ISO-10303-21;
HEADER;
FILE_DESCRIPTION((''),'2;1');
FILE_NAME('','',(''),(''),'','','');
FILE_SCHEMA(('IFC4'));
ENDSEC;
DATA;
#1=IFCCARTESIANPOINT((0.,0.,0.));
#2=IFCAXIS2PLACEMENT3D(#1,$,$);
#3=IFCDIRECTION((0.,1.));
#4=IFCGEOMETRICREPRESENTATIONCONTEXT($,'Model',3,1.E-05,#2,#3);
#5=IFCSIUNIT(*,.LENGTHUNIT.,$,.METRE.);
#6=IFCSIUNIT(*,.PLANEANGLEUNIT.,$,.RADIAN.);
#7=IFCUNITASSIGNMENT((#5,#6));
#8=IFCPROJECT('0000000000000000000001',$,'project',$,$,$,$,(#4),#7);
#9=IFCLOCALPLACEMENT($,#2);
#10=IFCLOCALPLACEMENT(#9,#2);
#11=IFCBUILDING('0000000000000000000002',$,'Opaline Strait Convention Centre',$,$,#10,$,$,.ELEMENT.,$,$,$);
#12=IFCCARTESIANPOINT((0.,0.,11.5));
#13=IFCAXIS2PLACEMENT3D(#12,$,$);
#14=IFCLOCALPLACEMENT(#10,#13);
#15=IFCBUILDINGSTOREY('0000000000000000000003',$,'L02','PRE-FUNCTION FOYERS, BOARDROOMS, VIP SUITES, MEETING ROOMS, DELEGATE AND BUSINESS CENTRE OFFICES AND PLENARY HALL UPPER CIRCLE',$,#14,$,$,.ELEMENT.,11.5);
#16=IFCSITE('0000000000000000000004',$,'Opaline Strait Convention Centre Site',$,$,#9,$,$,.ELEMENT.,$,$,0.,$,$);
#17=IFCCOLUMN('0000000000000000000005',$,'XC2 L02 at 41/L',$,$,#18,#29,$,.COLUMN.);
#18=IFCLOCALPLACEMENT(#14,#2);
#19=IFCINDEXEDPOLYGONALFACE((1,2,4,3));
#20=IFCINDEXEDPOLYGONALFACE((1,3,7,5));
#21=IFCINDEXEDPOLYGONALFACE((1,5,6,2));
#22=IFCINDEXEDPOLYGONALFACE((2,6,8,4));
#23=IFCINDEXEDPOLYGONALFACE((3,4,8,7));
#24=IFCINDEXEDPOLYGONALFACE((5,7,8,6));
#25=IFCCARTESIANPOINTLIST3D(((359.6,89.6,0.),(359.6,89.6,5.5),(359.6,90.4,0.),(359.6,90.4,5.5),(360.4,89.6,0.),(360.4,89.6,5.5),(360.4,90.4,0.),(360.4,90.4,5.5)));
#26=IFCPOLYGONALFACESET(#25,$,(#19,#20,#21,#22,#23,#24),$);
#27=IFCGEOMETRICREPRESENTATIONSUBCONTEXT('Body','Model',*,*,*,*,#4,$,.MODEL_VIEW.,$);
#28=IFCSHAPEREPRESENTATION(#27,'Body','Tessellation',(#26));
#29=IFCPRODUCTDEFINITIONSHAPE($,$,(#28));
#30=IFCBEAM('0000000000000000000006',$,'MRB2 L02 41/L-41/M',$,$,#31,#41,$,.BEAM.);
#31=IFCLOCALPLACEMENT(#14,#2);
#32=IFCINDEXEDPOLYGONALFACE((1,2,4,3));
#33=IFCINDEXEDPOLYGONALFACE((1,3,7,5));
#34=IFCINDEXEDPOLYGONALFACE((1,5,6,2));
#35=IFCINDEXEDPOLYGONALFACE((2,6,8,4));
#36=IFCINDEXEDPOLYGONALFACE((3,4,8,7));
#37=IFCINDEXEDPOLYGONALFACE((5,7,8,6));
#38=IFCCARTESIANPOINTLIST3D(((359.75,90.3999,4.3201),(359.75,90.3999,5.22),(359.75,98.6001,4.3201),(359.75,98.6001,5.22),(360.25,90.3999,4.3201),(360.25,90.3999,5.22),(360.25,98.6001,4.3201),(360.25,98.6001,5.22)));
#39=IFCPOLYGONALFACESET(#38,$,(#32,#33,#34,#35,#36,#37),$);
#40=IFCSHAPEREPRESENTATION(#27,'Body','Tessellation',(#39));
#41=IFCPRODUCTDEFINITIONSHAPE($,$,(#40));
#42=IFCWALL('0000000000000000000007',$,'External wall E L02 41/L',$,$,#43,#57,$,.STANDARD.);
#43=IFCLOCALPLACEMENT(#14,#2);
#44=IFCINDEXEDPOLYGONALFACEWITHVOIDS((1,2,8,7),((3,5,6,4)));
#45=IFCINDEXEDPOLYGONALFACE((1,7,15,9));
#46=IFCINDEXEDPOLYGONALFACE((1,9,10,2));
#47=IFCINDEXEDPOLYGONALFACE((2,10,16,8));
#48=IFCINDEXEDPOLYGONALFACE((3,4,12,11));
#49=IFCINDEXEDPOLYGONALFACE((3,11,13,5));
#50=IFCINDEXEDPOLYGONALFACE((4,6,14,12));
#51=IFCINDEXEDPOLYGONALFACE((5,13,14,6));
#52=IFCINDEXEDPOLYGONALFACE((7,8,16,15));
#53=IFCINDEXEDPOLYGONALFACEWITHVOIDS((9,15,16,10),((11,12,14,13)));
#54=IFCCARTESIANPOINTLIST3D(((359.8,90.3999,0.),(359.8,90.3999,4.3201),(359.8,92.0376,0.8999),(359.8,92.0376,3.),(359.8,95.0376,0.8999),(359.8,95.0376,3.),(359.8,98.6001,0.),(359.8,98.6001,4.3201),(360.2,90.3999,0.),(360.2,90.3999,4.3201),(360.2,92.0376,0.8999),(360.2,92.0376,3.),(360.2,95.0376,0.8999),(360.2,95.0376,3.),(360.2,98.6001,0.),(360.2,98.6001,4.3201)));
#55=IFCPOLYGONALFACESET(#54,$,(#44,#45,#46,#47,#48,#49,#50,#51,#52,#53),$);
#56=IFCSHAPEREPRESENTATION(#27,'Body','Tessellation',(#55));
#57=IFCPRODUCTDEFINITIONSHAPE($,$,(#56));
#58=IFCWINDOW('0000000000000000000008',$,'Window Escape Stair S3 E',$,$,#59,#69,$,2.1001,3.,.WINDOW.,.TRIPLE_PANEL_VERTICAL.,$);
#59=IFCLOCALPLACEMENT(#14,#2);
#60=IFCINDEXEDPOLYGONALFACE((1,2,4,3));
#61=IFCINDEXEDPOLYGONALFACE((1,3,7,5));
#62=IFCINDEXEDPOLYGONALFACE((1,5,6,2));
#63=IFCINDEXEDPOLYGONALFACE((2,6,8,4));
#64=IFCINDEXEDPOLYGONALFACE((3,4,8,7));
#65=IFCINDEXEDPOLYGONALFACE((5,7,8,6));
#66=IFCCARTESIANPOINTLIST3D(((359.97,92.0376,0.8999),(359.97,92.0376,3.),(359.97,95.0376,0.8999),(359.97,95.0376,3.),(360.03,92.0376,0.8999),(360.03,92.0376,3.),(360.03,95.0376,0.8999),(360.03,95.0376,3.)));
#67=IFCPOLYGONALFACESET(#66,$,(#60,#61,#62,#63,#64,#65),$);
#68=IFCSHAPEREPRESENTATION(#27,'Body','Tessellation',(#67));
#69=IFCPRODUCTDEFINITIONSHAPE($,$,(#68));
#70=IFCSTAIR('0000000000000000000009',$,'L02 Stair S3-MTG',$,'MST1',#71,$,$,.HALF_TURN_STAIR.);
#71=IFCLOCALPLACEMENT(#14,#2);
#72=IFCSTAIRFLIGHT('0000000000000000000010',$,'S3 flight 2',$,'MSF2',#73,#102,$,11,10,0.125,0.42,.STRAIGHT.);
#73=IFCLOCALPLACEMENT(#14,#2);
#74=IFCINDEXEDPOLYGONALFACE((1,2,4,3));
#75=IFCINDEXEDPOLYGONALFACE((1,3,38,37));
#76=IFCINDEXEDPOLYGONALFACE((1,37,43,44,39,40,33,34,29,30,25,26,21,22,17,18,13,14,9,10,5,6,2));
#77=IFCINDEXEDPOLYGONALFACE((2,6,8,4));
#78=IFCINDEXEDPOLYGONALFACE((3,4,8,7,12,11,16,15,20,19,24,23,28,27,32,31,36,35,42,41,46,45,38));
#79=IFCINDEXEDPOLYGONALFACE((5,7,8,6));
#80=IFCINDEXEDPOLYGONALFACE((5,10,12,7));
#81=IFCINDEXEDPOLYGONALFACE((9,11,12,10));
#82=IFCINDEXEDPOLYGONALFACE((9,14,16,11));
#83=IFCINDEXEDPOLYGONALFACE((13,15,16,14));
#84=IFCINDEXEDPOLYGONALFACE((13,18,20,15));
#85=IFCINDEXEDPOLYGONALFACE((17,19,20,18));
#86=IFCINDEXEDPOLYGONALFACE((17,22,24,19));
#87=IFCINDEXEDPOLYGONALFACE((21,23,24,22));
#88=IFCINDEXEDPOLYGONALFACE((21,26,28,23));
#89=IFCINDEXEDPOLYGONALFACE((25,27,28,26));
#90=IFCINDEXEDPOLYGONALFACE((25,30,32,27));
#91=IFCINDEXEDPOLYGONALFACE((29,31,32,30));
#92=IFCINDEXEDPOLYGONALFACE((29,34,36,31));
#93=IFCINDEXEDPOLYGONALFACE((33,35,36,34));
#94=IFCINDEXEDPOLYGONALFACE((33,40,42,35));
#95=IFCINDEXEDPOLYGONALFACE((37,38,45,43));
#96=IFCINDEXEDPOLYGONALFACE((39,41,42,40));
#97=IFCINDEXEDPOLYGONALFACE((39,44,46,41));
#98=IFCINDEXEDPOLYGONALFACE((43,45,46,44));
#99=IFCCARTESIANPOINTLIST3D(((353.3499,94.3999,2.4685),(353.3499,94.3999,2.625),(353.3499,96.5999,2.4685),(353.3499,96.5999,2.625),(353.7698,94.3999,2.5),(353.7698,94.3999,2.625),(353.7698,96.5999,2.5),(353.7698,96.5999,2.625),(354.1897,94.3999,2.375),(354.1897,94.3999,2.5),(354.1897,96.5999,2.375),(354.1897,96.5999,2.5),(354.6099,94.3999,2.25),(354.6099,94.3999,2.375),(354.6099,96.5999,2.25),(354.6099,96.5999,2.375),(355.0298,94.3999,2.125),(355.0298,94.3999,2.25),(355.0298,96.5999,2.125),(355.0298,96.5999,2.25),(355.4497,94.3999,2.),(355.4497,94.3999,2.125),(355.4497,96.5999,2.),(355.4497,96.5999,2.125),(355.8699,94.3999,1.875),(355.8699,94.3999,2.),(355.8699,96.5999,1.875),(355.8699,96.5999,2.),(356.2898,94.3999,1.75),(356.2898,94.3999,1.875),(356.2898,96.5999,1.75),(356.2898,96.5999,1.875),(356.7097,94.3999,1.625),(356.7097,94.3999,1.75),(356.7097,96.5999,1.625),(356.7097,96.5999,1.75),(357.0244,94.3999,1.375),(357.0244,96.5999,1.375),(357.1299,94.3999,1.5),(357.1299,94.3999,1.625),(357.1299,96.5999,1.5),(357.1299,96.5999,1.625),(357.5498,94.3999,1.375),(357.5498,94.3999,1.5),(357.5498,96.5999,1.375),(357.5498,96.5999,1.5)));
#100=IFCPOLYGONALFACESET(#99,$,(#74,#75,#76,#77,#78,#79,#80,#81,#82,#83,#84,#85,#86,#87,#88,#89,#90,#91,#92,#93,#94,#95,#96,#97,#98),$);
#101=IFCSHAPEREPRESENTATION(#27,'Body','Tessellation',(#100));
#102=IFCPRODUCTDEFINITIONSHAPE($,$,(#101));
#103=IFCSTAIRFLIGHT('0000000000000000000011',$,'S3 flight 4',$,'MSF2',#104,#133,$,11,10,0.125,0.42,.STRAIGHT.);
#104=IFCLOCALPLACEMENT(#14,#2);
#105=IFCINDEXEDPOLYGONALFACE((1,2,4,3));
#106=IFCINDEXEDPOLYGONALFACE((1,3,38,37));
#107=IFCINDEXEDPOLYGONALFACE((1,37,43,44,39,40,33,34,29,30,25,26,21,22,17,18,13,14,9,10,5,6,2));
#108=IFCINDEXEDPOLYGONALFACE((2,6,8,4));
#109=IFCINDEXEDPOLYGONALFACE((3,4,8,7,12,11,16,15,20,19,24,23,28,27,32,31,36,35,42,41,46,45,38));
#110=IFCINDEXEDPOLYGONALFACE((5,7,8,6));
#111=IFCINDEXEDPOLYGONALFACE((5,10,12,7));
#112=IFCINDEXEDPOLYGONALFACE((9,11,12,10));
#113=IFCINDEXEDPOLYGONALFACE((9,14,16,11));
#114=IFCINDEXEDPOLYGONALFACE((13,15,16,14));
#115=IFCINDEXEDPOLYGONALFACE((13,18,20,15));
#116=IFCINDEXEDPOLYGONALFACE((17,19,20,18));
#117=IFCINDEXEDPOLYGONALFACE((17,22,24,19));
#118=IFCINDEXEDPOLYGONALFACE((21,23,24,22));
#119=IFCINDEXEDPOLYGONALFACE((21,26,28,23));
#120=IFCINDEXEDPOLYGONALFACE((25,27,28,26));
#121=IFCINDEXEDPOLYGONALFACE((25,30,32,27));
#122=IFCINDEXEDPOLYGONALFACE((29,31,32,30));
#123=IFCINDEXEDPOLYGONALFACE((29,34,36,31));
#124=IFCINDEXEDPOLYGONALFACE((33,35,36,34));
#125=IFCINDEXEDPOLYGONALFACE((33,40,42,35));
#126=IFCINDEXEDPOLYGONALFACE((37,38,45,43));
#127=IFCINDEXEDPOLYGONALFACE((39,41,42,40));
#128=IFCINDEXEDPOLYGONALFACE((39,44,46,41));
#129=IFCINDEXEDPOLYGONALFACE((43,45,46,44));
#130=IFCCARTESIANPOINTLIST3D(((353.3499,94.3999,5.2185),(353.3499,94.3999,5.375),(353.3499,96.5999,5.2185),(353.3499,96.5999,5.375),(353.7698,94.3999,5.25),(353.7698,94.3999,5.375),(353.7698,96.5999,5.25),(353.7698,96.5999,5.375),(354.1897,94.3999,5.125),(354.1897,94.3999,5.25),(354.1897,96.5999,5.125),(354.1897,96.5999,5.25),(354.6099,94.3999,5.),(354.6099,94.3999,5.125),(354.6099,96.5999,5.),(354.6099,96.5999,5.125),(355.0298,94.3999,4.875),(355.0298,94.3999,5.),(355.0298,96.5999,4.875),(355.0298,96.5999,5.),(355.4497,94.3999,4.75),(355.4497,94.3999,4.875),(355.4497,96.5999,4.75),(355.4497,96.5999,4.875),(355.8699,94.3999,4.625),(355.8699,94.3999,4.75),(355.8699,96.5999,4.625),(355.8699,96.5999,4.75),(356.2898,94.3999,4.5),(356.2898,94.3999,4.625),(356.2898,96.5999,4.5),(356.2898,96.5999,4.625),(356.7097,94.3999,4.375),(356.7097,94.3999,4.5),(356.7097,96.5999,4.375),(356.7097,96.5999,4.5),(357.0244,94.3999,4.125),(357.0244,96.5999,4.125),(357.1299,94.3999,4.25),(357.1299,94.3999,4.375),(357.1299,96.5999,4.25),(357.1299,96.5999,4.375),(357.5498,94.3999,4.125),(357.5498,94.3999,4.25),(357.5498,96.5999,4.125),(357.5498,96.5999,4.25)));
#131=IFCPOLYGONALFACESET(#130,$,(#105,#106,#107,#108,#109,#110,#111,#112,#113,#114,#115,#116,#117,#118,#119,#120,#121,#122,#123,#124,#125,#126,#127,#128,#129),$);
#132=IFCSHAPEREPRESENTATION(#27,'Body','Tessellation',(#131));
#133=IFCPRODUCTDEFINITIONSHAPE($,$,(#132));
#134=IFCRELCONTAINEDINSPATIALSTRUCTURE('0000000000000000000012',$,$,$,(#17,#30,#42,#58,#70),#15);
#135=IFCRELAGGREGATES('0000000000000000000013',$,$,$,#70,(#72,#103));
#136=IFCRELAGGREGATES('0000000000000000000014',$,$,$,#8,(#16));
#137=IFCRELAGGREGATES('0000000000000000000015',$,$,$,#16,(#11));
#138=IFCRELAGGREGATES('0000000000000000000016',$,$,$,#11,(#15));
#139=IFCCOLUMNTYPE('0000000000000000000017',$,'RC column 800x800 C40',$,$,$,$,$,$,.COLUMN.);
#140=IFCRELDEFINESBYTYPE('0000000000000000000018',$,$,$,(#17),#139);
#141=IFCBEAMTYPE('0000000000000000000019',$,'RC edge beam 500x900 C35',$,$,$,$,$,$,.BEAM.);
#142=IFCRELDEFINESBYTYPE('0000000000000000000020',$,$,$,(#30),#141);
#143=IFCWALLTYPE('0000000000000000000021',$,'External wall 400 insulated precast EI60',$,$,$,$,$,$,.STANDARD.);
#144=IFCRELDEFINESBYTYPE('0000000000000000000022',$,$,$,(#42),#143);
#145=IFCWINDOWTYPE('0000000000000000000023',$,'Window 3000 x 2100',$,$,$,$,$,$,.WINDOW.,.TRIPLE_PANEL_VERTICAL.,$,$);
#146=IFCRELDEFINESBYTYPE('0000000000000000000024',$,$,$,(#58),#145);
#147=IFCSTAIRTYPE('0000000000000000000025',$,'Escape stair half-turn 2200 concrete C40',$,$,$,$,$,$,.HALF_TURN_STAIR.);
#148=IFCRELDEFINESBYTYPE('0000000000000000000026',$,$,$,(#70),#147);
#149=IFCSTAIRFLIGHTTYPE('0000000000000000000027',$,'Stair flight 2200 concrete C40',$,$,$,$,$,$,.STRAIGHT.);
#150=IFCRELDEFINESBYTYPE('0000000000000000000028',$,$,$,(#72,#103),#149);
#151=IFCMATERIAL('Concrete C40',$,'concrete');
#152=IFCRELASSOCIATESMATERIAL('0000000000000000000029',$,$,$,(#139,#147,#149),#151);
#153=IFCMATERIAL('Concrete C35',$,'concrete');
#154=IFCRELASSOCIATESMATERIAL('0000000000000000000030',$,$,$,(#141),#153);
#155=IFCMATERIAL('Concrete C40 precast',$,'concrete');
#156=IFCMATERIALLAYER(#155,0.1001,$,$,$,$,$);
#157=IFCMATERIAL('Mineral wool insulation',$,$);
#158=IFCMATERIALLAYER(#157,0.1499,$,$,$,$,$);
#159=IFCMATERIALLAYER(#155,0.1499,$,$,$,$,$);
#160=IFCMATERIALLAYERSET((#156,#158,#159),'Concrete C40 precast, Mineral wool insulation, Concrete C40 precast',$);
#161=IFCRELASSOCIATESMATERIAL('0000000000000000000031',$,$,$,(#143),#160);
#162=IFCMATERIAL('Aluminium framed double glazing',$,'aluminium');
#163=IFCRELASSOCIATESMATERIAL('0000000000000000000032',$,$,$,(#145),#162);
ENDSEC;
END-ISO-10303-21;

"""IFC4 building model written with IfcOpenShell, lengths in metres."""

from ifc_helpers import new_model, si_unit, direction, frame, frame_2d, origin, origin_2d, place, context, subcontext, project, spatial, polyline, rectangle, outline, extrude, material, layer, layer_set, material_profile, profile_set, type_object, element, fill, aggregate, save


model = new_model("IFC4")

# Units and contexts
model_context = context("Model", 3, precision=1e-05, world=origin(), true_north=direction((0.0, 1.0)))
body_context = subcontext(model_context, "Body", "Model", "MODEL_VIEW")
ifc_project = project(units=[si_unit("LENGTHUNIT", "METRE"), si_unit("PLANEANGLEUNIT", "RADIAN")], contexts=[model_context])

# Site, building, storey
site_placement = place(None, origin())
site = spatial("IfcSite", under=ifc_project, at=site_placement, Name="Opaline Strait Convention Centre Site", CompositionType="ELEMENT", RefElevation=0.0)
building_placement = place(site_placement, origin())
building = spatial("IfcBuilding", under=site, at=building_placement, Name="Opaline Strait Convention Centre", CompositionType="ELEMENT")
storey_placement = place(building_placement, frame((0.0, 0.0, 11.5)))
storey = spatial("IfcBuildingStorey", under=building, at=storey_placement, Name="L02", Description="PRE-FUNCTION FOYERS, BOARDROOMS, VIP SUITES, MEETING ROOMS, DELEGATE AND BUSINESS CENTRE OFFICES AND PLENARY HALL UPPER CIRCLE", CompositionType="ELEMENT", Elevation=11.5)

# Column
ifc_material_1 = material(Name="Concrete C40", Category="concrete")
ifc_material_profile_1 = material_profile(ifc_material_1, rectangle(XDim=0.8, YDim=0.8, at=origin_2d()), Name="RC 800x800")
ifc_profile_set_1 = profile_set([ifc_material_profile_1], Name="Concrete C40")
column_type = type_object("IfcColumnType", Name="RC column 800x800 C40", PredefinedType="COLUMN", material=ifc_profile_set_1)
column_placement = place(storey_placement, frame((360.0, 90.0, 0.0), z_axis=(0.0, 0.0, 1.0), x_axis=(1.0, 0.0, 0.0)))
element("IfcColumn", 1, at=column_placement, inside=storey, type_object=column_type, Name="XC2 L02 at 41/L", PredefinedType="COLUMN", context=body_context, shape_type="SweptSolid", body=[
    extrude(rectangle(XDim=0.8, YDim=0.8, at=origin_2d()), origin(), (0.0, 0.0, 1.0), 5.5),
])

# Beam
ifc_material_2 = material(Name="Concrete C35", Category="concrete")
ifc_material_profile_2 = material_profile(ifc_material_2, rectangle(XDim=0.5, YDim=0.8999, at=origin_2d()), Name="RC 500x900")
ifc_profile_set_2 = profile_set([ifc_material_profile_2], Name="Concrete C35")
beam_type = type_object("IfcBeamType", Name="RC edge beam 500x900 C35", PredefinedType="BEAM", material=ifc_profile_set_2)
beam_placement = place(storey_placement, frame((360.0, 90.3999, 4.77), z_axis=(0.0, 1.0, 0.0), x_axis=(-1.0, 0.0, 0.0)))
element("IfcBeam", 2, at=beam_placement, inside=storey, type_object=beam_type, Name="MRB2 L02 41/L-41/M", PredefinedType="BEAM", context=body_context, shape_type="SweptSolid", body=[
    extrude(rectangle(XDim=0.5, YDim=0.8999, at=origin_2d()), origin(), (0.0, 0.0, 1.0), 8.2002),
])

# Wall, opening, window
ifc_material_3 = material(Name="Concrete C40 precast", Category="concrete")
ifc_layer_1 = layer(ifc_material_3, 0.1001)
ifc_material_4 = material(Name="Mineral wool insulation")
ifc_layer_2 = layer(ifc_material_4, 0.1499)
ifc_layer_3 = layer(ifc_material_3, 0.1499)
ifc_layer_set_1 = layer_set([ifc_layer_1, ifc_layer_2, ifc_layer_3], Name="Concrete C40 precast, Mineral wool insulation, Concrete C40 precast")
wall_type = type_object("IfcWallType", Name="External wall 400 insulated precast EI60", PredefinedType="STANDARD", material=ifc_layer_set_1)
wall_placement = place(storey_placement, frame((360.0, 90.3999, 0.0), z_axis=(0.0, 0.0, 1.0), x_axis=(0.0, 1.0, 0.0)))
wall = element("IfcWall", 3, at=wall_placement, inside=storey, type_object=wall_type, Name="External wall E L02 41/L", PredefinedType="STANDARD", context=body_context, shape_type="SweptSolid", body=[
    extrude(rectangle(XDim=8.2002, YDim=0.3999, at=frame_2d((4.1001, 0.0))), origin(), (0.0, 0.0, 1.0), 4.3201),
])
opening_placement = place(wall_placement, frame((1.6377, 0.0, 0.8999)))
opening = element("IfcOpeningElement", 4, at=opening_placement, cuts=wall, PredefinedType="OPENING", context=body_context, shape_type="SweptSolid", body=[
    extrude(rectangle(XDim=3.0, YDim=2.1001, at=frame_2d((1.5, 1.05))), frame((0.0, 0.21, 0.0), z_axis=(0.0, -1.0, 0.0), x_axis=(1.0, 0.0, 0.0)), (0.0, 0.0, 1.0), 0.4199),
])
ifc_material_5 = material(Name="Aluminium framed double glazing", Category="aluminium")
window_type = type_object("IfcWindowType", Name="Window 3000 x 2100", PartitioningType="TRIPLE_PANEL_VERTICAL", PredefinedType="WINDOW", material=ifc_material_5)
window_placement = place(opening_placement, origin())
window = element("IfcWindow", 5, at=window_placement, inside=storey, type_object=window_type, Name="Window Escape Stair S3 E", OverallHeight=2.1001, OverallWidth=3.0, PartitioningType="TRIPLE_PANEL_VERTICAL", PredefinedType="WINDOW", context=body_context, shape_type="SweptSolid", body=[
    extrude(rectangle(XDim=3.0, YDim=2.1001, at=frame_2d((1.5, 1.05))), frame((0.0, 0.03, 0.0), z_axis=(0.0, -1.0, 0.0), x_axis=(1.0, 0.0, 0.0)), (0.0, 0.0, 1.0), 0.0601),
])
fill(opening, window)

# Stair, stair flights
stair_type = type_object("IfcStairType", Name="Escape stair half-turn 2200 concrete C40", PredefinedType="HALF_TURN_STAIR", material=ifc_material_1)
stair_placement = place(storey_placement, origin())
stair = element("IfcStair", 6, at=stair_placement, inside=storey, type_object=stair_type, Name="L02 Stair S3-MTG", ObjectType="MST1", PredefinedType="HALF_TURN_STAIR")
stair_flight_type = type_object("IfcStairFlightType", Name="Stair flight 2200 concrete C40", PredefinedType="STRAIGHT", material=ifc_material_1)
stair_flight_1_placement = place(storey_placement, frame((357.5498, 95.5, 1.375), z_axis=(0.0, 0.0, 1.0), x_axis=(-1.0, 0.0, 0.0)))
stair_flight_1 = element("IfcStairFlight", 7, at=stair_flight_1_placement, type_object=stair_flight_type, Name="S3 flight 2", ObjectType="MSF2", NumberOfRisers=11, NumberOfTreads=10, PredefinedType="STRAIGHT", RiserHeight=0.125, TreadLength=0.42, context=body_context, shape_type="SweptSolid", body=[
    extrude(outline(polyline([(0.0, 0.0), (0.0, 0.125), (0.4199, 0.125), (0.4199, 0.25), (0.8401, 0.25), (0.8401, 0.375), (1.26, 0.375), (1.26, 0.5), (1.6799, 0.5), (1.6799, 0.625), (2.1001, 0.625), (2.1001, 0.75), (2.52, 0.75), (2.52, 0.875), (2.9399, 0.875), (2.9399, 1.0), (3.3601, 1.0), (3.3601, 1.125), (3.78, 1.125), (3.78, 1.25), (4.2, 1.25), (4.2, 1.375), (4.2, 1.0935), (0.5254, 0.0), (0.0, 0.0)])), frame((0.0, 1.1001, 0.0), z_axis=(0.0, -1.0, 0.0), x_axis=(1.0, 0.0, 0.0)), (0.0, 0.0, 1.0), 2.2),
])
stair_flight_2_placement = place(storey_placement, frame((357.5498, 95.5, 4.125), z_axis=(0.0, 0.0, 1.0), x_axis=(-1.0, 0.0, 0.0)))
stair_flight_2 = element("IfcStairFlight", 8, at=stair_flight_2_placement, type_object=stair_flight_type, Name="S3 flight 4", ObjectType="MSF2", NumberOfRisers=11, NumberOfTreads=10, PredefinedType="STRAIGHT", RiserHeight=0.125, TreadLength=0.42, context=body_context, shape_type="SweptSolid", body=[
    extrude(outline(polyline([(0.0, 0.0), (0.0, 0.125), (0.4199, 0.125), (0.4199, 0.25), (0.8401, 0.25), (0.8401, 0.375), (1.26, 0.375), (1.26, 0.5), (1.6799, 0.5), (1.6799, 0.625), (2.1001, 0.625), (2.1001, 0.75), (2.52, 0.75), (2.52, 0.875), (2.9399, 0.875), (2.9399, 1.0), (3.3601, 1.0), (3.3601, 1.125), (3.78, 1.125), (3.78, 1.25), (4.2, 1.25), (4.2, 1.375), (4.2, 1.0935), (0.5254, 0.0), (0.0, 0.0)])), frame((0.0, 1.1001, 0.0), z_axis=(0.0, -1.0, 0.0), x_axis=(1.0, 0.0, 0.0)), (0.0, 0.0, 1.0), 2.2),
])
aggregate(stair, [stair_flight_1, stair_flight_2])

save(model, "model.ifc")
